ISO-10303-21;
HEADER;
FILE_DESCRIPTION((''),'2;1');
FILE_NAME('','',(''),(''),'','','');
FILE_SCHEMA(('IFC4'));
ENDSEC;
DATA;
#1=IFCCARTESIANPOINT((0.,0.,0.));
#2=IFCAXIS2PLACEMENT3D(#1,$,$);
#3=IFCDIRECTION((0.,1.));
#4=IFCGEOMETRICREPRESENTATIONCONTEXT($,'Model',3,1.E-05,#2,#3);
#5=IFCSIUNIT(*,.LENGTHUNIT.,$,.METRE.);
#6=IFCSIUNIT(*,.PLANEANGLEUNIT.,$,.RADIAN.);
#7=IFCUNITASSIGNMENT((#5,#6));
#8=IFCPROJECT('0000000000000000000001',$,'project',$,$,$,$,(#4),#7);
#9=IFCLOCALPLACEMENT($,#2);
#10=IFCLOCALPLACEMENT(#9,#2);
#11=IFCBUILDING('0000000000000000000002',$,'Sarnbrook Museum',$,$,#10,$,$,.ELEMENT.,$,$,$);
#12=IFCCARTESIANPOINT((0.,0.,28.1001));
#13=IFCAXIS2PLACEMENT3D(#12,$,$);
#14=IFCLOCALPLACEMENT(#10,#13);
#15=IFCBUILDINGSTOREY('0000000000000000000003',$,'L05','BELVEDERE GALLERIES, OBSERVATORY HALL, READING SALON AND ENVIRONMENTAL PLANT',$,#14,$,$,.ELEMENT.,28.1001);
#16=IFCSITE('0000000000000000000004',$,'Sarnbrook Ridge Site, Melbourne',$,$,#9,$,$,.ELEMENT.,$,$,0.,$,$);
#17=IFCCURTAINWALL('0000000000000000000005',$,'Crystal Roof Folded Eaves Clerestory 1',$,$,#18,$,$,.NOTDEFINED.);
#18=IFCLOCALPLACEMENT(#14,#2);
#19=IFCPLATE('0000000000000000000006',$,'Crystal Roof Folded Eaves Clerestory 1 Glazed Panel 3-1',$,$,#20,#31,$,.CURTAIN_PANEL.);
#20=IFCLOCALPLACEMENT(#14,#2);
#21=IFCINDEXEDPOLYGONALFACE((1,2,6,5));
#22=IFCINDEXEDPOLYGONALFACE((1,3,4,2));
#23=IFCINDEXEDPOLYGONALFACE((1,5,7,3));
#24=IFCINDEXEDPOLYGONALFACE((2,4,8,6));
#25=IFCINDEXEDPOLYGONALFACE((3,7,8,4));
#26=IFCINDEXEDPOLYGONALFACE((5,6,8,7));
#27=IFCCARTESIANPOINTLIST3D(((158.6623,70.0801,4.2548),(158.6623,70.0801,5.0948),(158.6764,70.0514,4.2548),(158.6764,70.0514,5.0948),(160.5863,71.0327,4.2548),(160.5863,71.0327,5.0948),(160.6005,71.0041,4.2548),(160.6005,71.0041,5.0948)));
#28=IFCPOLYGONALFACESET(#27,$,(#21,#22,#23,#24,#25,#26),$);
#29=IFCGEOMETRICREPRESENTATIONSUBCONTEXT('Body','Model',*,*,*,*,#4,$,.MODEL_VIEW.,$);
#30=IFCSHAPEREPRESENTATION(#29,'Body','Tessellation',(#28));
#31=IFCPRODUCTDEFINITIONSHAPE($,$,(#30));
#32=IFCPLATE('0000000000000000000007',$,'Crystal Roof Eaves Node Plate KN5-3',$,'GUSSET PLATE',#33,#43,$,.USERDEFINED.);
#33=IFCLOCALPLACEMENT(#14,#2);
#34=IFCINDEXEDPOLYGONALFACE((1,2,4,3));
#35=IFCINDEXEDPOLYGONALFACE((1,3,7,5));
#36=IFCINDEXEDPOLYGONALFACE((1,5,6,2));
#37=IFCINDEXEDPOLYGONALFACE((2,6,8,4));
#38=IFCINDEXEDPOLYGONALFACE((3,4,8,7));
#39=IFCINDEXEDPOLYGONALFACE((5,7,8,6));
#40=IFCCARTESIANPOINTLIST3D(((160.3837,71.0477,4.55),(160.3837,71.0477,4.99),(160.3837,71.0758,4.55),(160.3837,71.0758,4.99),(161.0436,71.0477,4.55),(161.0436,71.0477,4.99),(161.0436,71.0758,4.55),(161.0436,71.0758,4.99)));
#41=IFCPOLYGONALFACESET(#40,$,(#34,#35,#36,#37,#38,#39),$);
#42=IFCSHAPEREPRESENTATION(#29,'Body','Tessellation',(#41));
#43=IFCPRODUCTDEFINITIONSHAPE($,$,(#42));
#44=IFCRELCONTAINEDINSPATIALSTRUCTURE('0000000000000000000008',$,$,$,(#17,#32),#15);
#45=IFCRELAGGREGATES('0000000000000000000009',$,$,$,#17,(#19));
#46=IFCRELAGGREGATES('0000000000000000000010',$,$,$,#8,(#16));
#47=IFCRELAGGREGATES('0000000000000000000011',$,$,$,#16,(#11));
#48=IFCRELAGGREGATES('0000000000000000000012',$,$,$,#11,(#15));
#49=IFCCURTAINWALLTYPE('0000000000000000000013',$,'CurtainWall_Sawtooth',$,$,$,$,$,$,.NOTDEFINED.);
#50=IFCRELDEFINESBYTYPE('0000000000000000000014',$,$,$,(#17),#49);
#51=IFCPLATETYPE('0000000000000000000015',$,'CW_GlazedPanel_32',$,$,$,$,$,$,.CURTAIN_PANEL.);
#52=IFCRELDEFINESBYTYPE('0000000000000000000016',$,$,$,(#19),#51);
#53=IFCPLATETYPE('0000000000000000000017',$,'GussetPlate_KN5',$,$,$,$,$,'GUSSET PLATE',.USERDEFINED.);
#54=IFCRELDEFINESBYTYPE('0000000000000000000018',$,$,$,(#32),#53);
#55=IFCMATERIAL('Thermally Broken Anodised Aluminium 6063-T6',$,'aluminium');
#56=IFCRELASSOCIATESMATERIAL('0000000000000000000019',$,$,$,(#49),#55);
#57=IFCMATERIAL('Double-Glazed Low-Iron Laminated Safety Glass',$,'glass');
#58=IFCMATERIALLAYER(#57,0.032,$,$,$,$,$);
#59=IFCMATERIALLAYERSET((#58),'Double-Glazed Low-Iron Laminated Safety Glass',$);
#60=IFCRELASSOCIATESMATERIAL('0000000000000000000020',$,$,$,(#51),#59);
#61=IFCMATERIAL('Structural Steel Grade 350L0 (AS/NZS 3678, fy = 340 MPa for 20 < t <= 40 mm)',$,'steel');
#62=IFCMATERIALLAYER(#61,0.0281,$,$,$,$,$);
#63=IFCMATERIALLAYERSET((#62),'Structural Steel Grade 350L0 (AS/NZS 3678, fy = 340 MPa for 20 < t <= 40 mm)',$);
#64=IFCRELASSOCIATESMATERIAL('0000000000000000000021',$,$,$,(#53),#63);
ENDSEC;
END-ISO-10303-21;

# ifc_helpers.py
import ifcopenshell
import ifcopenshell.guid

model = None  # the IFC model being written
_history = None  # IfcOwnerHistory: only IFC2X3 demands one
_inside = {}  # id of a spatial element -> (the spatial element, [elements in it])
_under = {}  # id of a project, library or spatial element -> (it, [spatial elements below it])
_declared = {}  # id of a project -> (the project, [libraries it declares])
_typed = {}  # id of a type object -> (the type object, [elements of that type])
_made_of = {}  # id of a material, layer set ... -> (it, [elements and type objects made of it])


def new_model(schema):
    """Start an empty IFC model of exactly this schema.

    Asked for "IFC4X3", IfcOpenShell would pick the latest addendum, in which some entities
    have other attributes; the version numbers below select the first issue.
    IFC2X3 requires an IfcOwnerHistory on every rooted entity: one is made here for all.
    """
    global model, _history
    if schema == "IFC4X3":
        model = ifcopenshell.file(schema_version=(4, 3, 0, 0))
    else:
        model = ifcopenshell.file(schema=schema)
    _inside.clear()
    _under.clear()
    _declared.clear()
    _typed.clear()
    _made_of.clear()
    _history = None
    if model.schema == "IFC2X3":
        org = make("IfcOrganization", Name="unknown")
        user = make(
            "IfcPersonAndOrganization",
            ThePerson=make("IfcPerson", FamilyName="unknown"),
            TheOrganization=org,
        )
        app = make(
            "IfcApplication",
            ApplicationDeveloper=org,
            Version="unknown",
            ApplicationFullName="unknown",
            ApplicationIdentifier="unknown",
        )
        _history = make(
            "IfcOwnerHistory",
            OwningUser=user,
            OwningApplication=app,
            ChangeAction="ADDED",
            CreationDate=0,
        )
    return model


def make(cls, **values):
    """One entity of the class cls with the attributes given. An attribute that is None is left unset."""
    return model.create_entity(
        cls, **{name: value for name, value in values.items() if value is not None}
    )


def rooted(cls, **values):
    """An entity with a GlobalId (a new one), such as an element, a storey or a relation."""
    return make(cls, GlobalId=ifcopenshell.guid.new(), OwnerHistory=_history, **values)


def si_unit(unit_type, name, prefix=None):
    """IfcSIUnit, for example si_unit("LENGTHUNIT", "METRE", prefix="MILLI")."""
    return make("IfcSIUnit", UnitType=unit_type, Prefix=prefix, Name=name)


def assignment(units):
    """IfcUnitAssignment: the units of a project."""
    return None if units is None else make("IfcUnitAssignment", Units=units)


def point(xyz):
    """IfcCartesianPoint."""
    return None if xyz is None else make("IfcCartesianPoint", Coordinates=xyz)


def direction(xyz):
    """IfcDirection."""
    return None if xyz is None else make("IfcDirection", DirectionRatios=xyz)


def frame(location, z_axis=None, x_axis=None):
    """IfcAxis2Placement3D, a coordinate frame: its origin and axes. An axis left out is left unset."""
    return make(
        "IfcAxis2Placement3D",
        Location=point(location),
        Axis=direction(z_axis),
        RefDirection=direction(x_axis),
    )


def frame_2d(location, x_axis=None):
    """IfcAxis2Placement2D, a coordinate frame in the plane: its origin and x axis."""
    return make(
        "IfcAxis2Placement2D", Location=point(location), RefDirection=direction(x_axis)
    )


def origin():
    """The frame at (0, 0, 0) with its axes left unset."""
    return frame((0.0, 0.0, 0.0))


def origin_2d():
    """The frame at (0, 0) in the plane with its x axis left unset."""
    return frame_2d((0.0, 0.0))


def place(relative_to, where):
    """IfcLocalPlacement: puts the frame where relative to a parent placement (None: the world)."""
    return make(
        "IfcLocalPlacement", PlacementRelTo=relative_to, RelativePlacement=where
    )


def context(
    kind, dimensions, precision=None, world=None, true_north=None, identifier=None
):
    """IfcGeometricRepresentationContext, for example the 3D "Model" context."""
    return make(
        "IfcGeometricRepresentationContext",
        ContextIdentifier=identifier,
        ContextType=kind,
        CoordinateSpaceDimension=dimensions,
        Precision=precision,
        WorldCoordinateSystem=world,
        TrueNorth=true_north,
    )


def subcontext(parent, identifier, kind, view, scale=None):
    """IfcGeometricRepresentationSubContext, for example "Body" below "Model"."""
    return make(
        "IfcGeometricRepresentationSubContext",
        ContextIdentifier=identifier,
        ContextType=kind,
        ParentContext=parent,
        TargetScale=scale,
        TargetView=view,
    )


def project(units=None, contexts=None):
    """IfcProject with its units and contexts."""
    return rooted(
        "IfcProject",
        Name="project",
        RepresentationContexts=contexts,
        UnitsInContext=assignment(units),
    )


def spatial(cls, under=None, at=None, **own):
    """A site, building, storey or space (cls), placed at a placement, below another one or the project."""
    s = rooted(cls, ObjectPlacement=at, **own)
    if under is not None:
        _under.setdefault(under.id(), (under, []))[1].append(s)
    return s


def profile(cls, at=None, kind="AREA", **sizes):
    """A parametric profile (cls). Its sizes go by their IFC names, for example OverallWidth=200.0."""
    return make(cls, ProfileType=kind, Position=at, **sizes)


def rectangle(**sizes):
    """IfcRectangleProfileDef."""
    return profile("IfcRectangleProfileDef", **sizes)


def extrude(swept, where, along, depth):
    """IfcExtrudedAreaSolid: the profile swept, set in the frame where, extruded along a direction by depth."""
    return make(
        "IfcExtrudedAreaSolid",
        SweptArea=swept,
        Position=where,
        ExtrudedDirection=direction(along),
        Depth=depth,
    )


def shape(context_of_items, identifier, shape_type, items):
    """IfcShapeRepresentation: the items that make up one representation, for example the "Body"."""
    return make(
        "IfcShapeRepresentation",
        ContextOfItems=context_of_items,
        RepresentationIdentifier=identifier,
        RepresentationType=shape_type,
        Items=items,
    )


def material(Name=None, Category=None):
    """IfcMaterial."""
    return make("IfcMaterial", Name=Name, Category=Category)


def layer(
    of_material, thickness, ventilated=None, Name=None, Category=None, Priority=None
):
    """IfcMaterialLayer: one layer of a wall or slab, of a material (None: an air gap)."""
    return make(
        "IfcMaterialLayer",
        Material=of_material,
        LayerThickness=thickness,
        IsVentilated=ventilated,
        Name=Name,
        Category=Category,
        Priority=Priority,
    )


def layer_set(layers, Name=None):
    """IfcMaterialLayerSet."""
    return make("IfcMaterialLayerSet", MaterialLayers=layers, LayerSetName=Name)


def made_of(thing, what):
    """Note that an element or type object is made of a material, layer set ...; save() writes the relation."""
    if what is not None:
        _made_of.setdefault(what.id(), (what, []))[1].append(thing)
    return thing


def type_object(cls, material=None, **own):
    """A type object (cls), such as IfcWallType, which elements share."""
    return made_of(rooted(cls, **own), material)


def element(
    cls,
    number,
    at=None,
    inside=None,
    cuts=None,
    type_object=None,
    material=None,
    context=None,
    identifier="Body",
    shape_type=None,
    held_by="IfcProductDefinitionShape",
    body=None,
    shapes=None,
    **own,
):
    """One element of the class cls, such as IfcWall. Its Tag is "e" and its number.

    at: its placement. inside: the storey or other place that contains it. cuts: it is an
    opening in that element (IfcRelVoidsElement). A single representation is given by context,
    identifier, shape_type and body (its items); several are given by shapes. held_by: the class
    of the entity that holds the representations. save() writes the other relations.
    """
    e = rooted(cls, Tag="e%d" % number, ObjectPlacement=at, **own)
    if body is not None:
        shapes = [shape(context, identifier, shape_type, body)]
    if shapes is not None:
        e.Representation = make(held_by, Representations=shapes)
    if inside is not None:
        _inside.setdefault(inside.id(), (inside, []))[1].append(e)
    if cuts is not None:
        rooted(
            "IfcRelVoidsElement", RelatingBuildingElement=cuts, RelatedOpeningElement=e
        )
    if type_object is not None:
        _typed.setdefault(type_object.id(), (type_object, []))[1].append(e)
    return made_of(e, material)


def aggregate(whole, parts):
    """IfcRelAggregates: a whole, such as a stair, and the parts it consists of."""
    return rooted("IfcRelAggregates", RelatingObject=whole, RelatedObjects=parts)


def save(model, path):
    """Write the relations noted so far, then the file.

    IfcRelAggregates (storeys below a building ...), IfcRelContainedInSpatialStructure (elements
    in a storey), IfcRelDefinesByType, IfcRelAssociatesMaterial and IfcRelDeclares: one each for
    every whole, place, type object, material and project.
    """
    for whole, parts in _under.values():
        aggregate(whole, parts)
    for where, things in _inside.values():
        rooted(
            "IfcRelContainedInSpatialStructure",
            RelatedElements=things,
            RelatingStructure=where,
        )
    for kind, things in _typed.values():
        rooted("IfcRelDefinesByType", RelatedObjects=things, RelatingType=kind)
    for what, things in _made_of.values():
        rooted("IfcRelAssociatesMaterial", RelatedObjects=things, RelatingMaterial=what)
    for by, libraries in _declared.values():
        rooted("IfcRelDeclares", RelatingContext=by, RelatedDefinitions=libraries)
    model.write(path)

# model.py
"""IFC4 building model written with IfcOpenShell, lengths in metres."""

from ifc_helpers import new_model, si_unit, direction, frame, origin, origin_2d, place, context, subcontext, project, spatial, rectangle, extrude, material, layer, layer_set, type_object, element, aggregate, save


model = new_model("IFC4")

# Units and contexts
model_context = context("Model", 3, precision=1e-05, world=origin(), true_north=direction((0.0, 1.0)))
body_context = subcontext(model_context, "Body", "Model", "MODEL_VIEW")
ifc_project = project(units=[si_unit("LENGTHUNIT", "METRE"), si_unit("PLANEANGLEUNIT", "RADIAN")], contexts=[model_context])

# Site, building, storey
site_placement = place(None, origin())
site = spatial("IfcSite", under=ifc_project, at=site_placement, Name="Sarnbrook Ridge Site, Melbourne", CompositionType="ELEMENT", RefElevation=0.0)
building_placement = place(site_placement, origin())
building = spatial("IfcBuilding", under=site, at=building_placement, Name="Sarnbrook Museum", CompositionType="ELEMENT")
storey_placement = place(building_placement, frame((0.0, 0.0, 28.1001)))
storey = spatial("IfcBuildingStorey", under=building, at=storey_placement, Name="L05", Description="BELVEDERE GALLERIES, OBSERVATORY HALL, READING SALON AND ENVIRONMENTAL PLANT", CompositionType="ELEMENT", Elevation=28.1001)

# Shared definitions
ifc_material_1 = material(Name="Structural Steel Grade 350L0 (AS/NZS 3678, fy = 340 MPa for 20 < t <= 40 mm)", Category="steel")

# Curtain wall
ifc_material_2 = material(Name="Thermally Broken Anodised Aluminium 6063-T6", Category="aluminium")
curtain_wall_type_1 = type_object("IfcCurtainWallType", Name="CurtainWall_Sawtooth", PredefinedType="NOTDEFINED", material=ifc_material_2)
curtain_wall_1_placement = place(storey_placement, origin())
curtain_wall_1 = element("IfcCurtainWall", 1, at=curtain_wall_1_placement, inside=storey, type_object=curtain_wall_type_1, Name="Crystal Roof Folded Eaves Clerestory 1", PredefinedType="NOTDEFINED")

# Plates
ifc_material_3 = material(Name="Double-Glazed Low-Iron Laminated Safety Glass", Category="glass")
ifc_layer_1 = layer(ifc_material_3, 0.032)
ifc_layer_set_1 = layer_set([ifc_layer_1], Name="Double-Glazed Low-Iron Laminated Safety Glass")
plate_type_1 = type_object("IfcPlateType", Name="CW_GlazedPanel_32", PredefinedType="CURTAIN_PANEL", material=ifc_layer_set_1)
plate_1_placement = place(storey_placement, frame((159.6243, 70.5564, 4.6748), z_axis=(0.443727, -0.896162, 0.0), x_axis=(0.896162, 0.443727, 0.0)))
plate_1 = element("IfcPlate", 2, at=plate_1_placement, type_object=plate_type_1, Name="Crystal Roof Folded Eaves Clerestory 1 Glazed Panel 3-1", PredefinedType="CURTAIN_PANEL", context=body_context, shape_type="SweptSolid", body=[
    extrude(rectangle(XDim=2.147, YDim=0.8401, at=origin_2d()), origin(), (0.0, 0.0, 1.0), 0.032),
])
aggregate(curtain_wall_1, [plate_1])
ifc_layer_2 = layer(ifc_material_1, 0.0281)
ifc_layer_set_2 = layer_set([ifc_layer_2], Name="Structural Steel Grade 350L0 (AS/NZS 3678, fy = 340 MPa for 20 < t <= 40 mm)")
plate_type_2 = type_object("IfcPlateType", Name="GussetPlate_KN5", ElementType="GUSSET PLATE", PredefinedType="USERDEFINED", material=ifc_layer_set_2)
plate_2_placement = place(storey_placement, frame((160.7136, 71.0618, 4.55), z_axis=(0.0, 0.0, 1.0), x_axis=(1.0, 0.0, 0.0)))
element("IfcPlate", 3, at=plate_2_placement, inside=storey, type_object=plate_type_2, Name="Crystal Roof Eaves Node Plate KN5-3", ObjectType="GUSSET PLATE", PredefinedType="USERDEFINED", context=body_context, shape_type="SweptSolid", body=[
    extrude(rectangle(XDim=0.6599, YDim=0.0281, at=origin_2d()), origin(), (0.0, 0.0, 1.0), 0.4399),
])

save(model, "model.ifc")
